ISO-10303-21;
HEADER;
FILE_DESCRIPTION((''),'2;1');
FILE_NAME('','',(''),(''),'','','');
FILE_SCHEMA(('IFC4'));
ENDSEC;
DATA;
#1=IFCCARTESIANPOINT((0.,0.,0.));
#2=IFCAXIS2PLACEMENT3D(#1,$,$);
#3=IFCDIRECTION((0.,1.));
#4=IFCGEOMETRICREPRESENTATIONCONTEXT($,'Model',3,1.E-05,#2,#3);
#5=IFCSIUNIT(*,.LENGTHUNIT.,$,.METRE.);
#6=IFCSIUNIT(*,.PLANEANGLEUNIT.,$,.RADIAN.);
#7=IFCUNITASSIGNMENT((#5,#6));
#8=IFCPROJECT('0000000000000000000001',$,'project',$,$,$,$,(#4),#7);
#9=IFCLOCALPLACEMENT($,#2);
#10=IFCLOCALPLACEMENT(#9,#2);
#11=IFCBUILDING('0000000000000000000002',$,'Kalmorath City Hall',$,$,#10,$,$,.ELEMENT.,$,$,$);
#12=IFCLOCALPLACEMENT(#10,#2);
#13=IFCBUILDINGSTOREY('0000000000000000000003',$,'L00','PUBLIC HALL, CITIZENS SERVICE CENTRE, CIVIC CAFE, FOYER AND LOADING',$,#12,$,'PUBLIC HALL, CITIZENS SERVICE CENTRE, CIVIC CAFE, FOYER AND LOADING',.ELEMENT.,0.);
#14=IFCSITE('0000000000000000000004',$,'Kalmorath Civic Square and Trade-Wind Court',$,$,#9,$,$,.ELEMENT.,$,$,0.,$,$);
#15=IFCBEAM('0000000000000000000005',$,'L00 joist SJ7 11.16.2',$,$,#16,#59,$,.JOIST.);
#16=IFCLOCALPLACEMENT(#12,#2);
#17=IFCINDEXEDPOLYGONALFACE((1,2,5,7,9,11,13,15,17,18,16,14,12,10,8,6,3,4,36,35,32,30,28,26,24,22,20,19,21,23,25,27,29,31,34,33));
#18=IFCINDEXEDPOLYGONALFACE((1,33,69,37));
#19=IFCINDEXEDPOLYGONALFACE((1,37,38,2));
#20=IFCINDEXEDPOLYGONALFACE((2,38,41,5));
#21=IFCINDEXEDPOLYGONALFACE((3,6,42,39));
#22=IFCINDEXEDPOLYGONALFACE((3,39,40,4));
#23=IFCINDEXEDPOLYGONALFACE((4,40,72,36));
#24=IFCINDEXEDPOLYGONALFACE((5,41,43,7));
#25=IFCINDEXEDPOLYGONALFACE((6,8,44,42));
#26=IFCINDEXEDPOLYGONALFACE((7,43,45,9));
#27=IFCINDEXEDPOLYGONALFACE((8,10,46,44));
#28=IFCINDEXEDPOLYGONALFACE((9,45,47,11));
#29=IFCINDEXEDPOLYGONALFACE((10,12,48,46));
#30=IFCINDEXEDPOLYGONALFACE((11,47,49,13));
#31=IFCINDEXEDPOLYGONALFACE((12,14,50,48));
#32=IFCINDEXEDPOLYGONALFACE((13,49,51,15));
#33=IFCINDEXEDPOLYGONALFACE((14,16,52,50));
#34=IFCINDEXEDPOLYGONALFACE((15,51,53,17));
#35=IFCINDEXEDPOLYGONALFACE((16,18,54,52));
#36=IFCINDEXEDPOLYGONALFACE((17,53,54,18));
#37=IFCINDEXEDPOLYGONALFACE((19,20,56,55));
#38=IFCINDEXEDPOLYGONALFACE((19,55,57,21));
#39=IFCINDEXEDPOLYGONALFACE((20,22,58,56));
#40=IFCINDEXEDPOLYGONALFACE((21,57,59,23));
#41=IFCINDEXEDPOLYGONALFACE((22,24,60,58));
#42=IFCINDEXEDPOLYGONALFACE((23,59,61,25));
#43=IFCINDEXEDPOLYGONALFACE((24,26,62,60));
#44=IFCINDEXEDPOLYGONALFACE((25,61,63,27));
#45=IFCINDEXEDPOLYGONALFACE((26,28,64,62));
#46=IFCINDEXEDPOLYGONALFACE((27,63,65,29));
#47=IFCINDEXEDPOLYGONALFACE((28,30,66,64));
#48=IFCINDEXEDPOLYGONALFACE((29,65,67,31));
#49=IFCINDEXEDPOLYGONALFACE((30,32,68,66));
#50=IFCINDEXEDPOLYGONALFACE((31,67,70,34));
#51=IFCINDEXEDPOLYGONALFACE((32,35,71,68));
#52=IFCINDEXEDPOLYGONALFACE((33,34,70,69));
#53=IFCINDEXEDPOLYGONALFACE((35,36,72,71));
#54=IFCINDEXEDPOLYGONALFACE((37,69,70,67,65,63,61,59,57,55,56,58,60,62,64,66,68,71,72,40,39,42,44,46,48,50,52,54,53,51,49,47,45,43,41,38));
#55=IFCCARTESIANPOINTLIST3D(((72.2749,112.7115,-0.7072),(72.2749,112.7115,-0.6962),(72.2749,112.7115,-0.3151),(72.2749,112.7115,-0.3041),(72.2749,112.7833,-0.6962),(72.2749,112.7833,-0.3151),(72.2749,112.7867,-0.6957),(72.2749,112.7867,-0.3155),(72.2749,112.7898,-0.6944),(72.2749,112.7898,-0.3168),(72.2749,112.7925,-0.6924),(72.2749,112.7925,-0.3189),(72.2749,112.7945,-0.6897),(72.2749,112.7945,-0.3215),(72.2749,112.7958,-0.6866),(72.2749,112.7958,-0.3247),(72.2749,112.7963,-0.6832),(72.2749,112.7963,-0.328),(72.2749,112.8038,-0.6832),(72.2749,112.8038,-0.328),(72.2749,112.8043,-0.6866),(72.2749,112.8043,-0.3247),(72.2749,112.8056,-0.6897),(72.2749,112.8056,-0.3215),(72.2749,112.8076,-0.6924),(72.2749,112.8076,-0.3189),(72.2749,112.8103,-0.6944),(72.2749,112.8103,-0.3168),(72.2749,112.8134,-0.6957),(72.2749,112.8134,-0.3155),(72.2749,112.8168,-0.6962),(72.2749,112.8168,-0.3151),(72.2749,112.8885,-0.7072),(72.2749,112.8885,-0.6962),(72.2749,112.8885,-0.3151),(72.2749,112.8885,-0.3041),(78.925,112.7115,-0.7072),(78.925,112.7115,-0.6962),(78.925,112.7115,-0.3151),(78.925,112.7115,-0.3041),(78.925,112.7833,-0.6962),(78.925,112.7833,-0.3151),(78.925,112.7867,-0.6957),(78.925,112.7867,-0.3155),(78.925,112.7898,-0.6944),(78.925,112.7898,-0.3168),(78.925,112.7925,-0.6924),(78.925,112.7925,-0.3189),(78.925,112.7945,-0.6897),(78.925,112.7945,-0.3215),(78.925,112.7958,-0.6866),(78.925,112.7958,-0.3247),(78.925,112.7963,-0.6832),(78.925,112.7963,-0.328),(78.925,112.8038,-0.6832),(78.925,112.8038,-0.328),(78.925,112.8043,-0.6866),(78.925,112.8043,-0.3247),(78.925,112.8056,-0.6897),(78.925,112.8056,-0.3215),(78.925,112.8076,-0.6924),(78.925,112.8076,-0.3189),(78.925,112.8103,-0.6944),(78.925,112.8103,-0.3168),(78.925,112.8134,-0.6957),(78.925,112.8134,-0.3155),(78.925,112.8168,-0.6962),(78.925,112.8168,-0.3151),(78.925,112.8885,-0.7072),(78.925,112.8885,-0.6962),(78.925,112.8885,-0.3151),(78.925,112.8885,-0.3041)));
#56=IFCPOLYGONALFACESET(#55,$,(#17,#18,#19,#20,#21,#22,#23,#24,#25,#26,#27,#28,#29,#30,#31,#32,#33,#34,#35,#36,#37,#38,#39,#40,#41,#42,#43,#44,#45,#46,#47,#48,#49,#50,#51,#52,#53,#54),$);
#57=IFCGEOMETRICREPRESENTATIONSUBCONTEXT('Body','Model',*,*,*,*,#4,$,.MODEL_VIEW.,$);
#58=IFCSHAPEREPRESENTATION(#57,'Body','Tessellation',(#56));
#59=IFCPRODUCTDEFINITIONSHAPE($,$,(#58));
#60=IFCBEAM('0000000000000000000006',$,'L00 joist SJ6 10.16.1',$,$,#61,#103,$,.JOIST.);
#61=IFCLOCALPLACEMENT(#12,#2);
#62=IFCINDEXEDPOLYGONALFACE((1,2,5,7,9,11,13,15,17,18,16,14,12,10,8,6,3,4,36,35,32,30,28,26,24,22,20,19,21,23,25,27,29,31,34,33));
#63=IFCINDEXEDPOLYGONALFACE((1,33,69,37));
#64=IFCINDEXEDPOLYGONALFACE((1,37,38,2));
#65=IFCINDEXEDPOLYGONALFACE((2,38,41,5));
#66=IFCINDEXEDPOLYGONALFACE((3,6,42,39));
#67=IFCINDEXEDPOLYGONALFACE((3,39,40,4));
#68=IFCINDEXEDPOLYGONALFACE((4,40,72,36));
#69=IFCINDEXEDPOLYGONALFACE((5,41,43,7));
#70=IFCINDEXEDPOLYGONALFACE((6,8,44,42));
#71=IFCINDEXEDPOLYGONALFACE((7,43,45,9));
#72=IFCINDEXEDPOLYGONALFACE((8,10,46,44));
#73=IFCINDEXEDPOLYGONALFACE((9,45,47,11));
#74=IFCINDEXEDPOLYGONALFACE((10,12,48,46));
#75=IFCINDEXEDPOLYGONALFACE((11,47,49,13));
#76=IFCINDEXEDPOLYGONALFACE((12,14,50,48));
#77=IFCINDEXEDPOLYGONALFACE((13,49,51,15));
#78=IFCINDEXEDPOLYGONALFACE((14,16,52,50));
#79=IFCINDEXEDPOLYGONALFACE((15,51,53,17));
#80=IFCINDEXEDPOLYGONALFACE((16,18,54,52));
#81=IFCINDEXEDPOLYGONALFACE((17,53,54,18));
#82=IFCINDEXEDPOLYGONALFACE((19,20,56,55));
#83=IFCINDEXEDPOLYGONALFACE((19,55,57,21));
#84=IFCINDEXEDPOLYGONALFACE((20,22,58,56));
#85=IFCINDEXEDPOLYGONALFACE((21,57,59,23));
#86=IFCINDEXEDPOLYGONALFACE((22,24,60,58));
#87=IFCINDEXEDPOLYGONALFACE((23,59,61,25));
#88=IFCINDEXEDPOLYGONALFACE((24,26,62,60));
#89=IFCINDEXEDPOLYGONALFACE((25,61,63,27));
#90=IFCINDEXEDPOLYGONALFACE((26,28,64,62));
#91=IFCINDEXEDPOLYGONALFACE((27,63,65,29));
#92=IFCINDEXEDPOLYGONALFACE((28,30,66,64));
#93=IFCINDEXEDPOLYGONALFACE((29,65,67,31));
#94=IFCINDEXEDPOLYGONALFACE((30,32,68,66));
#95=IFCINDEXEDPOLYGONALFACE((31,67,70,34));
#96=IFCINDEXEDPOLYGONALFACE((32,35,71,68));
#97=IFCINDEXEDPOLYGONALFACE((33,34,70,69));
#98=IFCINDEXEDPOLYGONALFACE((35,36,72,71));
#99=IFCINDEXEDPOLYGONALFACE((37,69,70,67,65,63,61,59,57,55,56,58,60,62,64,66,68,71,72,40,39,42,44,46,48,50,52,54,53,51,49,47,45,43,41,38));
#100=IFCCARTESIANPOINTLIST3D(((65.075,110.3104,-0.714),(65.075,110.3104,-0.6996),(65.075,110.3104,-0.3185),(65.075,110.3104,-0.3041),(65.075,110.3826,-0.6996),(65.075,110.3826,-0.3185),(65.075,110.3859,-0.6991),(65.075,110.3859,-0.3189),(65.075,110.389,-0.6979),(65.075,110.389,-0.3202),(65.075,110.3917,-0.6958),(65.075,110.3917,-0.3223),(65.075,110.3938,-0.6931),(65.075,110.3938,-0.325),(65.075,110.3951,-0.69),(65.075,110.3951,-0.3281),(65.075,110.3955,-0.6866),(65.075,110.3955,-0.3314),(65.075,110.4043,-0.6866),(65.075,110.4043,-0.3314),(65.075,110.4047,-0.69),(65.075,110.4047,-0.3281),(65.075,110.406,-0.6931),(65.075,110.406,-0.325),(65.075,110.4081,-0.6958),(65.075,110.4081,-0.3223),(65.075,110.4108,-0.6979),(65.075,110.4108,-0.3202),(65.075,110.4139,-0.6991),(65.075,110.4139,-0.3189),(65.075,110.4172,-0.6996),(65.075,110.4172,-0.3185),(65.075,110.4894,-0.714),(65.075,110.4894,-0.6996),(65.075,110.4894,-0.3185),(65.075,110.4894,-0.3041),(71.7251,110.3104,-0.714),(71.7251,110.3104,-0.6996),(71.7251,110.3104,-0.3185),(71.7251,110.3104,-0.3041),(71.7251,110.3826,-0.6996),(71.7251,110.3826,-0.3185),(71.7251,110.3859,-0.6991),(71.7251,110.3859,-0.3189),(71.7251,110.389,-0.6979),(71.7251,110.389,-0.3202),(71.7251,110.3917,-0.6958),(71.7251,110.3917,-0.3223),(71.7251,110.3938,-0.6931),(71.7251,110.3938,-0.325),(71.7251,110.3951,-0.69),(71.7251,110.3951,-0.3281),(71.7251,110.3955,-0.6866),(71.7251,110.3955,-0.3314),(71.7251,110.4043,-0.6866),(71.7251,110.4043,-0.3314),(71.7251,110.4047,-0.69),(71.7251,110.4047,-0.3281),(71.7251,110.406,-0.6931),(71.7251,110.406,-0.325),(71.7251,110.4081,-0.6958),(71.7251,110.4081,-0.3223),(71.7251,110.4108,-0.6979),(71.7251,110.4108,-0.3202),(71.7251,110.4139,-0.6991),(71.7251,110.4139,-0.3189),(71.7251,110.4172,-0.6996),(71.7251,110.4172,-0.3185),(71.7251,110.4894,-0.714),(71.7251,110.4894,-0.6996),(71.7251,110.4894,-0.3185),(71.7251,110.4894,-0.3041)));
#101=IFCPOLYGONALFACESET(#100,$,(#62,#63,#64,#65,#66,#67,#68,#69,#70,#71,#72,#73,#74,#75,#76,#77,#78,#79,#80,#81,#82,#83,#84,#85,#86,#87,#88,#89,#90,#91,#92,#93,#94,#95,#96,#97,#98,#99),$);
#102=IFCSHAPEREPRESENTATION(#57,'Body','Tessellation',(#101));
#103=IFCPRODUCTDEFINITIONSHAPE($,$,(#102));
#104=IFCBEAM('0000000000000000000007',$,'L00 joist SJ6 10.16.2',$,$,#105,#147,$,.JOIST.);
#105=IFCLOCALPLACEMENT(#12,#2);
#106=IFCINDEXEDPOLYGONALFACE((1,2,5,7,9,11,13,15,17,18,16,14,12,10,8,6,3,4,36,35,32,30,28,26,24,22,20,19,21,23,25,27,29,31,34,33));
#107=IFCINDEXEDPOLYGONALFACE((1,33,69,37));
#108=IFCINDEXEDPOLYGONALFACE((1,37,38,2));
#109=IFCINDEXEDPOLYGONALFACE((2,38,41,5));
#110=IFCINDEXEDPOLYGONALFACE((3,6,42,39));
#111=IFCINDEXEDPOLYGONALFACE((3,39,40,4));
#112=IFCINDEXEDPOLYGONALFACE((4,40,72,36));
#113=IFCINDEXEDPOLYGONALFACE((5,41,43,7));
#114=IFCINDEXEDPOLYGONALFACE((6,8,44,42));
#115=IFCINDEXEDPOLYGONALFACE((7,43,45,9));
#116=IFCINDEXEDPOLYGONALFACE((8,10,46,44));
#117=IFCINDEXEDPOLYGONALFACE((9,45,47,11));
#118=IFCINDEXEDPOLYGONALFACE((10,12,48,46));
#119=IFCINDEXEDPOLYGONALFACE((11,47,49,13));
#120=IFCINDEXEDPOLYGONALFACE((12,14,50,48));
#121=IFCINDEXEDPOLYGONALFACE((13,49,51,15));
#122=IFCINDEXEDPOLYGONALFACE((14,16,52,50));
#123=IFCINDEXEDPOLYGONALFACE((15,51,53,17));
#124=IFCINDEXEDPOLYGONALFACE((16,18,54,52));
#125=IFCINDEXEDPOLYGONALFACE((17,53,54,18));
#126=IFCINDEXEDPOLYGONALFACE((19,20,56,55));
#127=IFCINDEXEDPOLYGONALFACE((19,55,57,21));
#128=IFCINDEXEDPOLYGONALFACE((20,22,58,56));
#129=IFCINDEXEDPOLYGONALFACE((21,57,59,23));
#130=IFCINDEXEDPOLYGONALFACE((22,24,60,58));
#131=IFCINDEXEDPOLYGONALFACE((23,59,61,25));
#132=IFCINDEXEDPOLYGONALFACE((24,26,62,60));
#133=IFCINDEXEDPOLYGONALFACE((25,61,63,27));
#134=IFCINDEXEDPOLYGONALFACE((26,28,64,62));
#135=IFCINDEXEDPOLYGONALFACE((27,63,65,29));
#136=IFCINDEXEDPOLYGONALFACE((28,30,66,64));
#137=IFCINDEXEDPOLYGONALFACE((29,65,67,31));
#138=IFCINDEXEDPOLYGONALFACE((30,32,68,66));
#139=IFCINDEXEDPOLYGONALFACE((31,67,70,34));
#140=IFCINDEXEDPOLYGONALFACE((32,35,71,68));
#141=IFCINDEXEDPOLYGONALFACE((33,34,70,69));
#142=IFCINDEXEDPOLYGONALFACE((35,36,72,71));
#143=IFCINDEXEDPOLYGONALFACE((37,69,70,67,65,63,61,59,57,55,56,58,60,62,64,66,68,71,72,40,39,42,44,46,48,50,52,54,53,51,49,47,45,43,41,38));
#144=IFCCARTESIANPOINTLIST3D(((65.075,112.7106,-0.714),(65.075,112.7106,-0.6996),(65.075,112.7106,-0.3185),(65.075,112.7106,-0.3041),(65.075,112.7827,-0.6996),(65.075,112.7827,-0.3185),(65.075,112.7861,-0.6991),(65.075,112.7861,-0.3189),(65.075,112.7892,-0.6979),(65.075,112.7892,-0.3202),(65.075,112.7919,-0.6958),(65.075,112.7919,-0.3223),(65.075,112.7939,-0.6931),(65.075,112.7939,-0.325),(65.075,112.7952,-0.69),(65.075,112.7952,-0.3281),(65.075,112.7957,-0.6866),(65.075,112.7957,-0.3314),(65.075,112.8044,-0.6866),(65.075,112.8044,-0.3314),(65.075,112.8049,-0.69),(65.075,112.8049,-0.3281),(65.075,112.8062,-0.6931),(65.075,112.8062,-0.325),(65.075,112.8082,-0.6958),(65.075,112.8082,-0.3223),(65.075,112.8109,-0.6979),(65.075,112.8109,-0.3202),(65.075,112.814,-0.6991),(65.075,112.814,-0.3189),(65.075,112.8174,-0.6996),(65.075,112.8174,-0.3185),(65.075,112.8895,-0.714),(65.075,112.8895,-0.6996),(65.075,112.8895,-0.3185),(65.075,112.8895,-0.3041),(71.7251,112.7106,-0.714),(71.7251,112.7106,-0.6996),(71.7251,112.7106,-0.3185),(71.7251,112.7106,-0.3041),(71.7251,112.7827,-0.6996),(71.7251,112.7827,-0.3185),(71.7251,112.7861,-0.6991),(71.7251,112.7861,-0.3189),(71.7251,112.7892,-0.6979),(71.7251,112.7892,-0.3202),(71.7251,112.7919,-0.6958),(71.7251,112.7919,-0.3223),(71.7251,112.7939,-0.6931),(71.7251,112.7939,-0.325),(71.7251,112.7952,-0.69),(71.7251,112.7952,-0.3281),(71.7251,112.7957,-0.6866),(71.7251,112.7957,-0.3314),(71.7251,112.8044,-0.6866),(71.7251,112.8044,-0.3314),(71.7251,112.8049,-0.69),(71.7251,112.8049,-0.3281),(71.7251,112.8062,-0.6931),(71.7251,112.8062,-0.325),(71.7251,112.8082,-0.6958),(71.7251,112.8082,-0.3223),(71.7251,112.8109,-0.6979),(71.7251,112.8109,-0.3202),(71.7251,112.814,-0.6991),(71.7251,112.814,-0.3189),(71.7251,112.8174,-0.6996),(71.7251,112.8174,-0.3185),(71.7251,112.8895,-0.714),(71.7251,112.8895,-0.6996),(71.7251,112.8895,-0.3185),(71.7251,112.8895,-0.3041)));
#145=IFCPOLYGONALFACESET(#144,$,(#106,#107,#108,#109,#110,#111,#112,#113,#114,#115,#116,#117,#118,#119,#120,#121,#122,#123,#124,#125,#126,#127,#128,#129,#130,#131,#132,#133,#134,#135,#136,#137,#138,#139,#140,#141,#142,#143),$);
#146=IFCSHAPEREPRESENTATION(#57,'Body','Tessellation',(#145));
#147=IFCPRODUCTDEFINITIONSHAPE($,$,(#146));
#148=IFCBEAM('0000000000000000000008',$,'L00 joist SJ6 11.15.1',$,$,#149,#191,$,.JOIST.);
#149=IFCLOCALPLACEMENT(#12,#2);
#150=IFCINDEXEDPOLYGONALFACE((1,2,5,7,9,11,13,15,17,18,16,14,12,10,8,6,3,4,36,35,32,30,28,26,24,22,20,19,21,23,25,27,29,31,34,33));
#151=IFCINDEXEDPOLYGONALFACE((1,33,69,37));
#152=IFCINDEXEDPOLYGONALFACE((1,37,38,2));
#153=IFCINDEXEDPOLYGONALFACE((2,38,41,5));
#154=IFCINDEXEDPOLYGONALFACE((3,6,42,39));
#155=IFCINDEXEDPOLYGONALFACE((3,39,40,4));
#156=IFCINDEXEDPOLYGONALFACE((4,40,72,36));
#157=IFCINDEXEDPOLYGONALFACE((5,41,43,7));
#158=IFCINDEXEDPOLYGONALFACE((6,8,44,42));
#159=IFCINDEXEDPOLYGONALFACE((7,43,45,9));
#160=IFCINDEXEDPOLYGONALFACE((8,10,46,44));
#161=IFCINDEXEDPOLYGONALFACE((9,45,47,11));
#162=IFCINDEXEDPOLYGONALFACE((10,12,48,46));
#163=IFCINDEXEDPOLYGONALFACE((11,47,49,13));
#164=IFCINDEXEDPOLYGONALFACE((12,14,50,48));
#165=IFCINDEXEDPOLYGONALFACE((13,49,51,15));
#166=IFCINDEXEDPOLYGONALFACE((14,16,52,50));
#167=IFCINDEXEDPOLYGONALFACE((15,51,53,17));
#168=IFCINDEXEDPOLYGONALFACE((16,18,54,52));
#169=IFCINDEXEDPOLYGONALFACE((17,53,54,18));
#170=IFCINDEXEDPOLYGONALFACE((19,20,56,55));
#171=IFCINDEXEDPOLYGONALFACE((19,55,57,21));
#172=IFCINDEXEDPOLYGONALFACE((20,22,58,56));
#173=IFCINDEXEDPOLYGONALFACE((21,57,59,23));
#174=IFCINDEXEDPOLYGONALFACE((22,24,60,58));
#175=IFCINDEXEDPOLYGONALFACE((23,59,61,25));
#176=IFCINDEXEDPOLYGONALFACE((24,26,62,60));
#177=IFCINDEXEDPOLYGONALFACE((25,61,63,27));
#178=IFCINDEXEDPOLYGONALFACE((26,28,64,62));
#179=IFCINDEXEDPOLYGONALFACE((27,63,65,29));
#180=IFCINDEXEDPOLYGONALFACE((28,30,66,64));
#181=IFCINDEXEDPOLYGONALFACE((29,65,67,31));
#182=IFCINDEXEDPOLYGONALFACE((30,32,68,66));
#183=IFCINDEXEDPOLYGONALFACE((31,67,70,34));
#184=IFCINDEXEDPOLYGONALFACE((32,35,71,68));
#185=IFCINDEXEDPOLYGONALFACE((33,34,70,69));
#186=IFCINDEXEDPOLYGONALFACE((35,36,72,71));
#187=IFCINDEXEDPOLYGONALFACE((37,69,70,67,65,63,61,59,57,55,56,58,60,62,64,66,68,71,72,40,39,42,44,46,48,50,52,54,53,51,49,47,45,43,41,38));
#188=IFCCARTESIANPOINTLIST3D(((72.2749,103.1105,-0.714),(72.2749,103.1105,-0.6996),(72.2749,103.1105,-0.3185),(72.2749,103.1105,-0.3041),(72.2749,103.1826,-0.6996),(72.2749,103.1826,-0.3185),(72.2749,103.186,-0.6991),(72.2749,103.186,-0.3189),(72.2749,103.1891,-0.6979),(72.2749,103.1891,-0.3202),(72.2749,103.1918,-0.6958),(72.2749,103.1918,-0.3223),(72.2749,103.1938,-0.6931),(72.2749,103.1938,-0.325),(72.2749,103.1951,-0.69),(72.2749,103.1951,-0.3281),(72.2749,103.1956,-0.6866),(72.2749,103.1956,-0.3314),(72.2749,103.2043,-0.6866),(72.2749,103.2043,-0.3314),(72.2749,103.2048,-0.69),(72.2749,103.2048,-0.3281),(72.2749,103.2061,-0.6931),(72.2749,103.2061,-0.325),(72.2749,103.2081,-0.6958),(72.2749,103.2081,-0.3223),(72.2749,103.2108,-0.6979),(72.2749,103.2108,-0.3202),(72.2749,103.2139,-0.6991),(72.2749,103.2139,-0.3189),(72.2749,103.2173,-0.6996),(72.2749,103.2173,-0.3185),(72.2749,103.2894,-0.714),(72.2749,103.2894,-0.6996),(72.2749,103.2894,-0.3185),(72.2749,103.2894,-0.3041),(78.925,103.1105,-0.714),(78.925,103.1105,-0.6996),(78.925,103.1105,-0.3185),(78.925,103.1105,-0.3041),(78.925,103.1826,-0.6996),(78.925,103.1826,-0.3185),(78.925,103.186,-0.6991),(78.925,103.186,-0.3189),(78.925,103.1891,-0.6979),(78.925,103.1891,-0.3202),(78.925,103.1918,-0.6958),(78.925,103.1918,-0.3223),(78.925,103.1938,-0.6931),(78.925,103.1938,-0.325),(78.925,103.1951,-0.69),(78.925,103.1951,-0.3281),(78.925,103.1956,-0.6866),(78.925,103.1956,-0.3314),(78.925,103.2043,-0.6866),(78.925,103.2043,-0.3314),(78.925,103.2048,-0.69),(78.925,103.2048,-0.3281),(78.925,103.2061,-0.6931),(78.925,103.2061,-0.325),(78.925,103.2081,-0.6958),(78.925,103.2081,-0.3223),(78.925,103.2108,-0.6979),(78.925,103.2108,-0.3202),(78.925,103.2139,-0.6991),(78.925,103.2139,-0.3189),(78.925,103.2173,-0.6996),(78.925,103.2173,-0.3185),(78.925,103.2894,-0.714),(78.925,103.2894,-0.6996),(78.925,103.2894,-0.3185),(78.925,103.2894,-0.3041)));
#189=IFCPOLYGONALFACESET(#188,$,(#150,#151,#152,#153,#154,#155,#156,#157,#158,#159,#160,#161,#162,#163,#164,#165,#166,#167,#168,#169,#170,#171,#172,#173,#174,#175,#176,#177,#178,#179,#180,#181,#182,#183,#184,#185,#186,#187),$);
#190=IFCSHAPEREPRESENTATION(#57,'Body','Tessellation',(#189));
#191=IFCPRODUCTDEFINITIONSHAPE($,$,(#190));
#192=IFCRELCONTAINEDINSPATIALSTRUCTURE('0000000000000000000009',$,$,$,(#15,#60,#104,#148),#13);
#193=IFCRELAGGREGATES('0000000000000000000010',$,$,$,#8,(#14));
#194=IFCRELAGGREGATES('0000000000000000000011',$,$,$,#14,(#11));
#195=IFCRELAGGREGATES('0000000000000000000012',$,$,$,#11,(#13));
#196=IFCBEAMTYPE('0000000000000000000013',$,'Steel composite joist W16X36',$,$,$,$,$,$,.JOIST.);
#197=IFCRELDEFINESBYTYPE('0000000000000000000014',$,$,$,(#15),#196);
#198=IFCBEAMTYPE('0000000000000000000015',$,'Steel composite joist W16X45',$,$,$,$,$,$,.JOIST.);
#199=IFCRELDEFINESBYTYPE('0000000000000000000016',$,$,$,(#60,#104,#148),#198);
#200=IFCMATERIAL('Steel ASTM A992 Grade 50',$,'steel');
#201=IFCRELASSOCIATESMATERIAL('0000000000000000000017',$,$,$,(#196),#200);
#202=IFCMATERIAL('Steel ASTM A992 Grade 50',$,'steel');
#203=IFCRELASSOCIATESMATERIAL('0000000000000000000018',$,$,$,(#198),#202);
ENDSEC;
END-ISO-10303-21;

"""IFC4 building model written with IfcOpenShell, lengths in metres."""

from ifc_helpers import new_model, si_unit, direction, frame, origin, origin_2d, place, context, subcontext, project, spatial, i_section, extrude, material, material_profile, profile_set, type_object, element, save


model = new_model("IFC4")

# Units and contexts
model_context = context("Model", 3, precision=1e-05, world=origin(), true_north=direction((0.0, 1.0)))
body_context = subcontext(model_context, "Body", "Model", "MODEL_VIEW")
ifc_project = project(units=[si_unit("LENGTHUNIT", "METRE"), si_unit("PLANEANGLEUNIT", "RADIAN")], contexts=[model_context])

# Site, building, storey
site_placement = place(None, origin())
site = spatial("IfcSite", under=ifc_project, at=site_placement, Name="Kalmorath Civic Square and Trade-Wind Court", CompositionType="ELEMENT", RefElevation=0.0)
building_placement = place(site_placement, origin())
building = spatial("IfcBuilding", under=site, at=building_placement, Name="Kalmorath City Hall", CompositionType="ELEMENT")
storey_placement = place(building_placement, origin())
storey = spatial("IfcBuildingStorey", under=building, at=storey_placement, Name="L00", Description="PUBLIC HALL, CITIZENS SERVICE CENTRE, CIVIC CAFE, FOYER AND LOADING", LongName="PUBLIC HALL, CITIZENS SERVICE CENTRE, CIVIC CAFE, FOYER AND LOADING", CompositionType="ELEMENT", Elevation=0.0)

# Beams
ifc_material_1 = material(Name="Steel ASTM A992 Grade 50", Category="steel")
ifc_material_profile_1 = material_profile(ifc_material_1, i_section(OverallWidth=0.177, OverallDepth=0.4031, WebThickness=0.0076, FlangeThickness=0.011, FilletRadius=0.0129, at=origin_2d()), Name="W16X36")
ifc_profile_set_1 = profile_set([ifc_material_profile_1], Name="Steel ASTM A992 Grade 50")
beam_type_1 = type_object("IfcBeamType", Name="Steel composite joist W16X36", PredefinedType="JOIST", material=ifc_profile_set_1)
for number, where, z_axis, x_axis, name in (
    (1, (72.2749, 112.8, -0.5056), (1.0, 0.0, 0.0), (0.0, 1.0, 0.0), "L00 joist SJ7 11.16.2"),
):
    element("IfcBeam", number, at=place(storey_placement, frame(where, z_axis=z_axis, x_axis=x_axis)), inside=storey, type_object=beam_type_1, Name=name, PredefinedType="JOIST", context=body_context, shape_type="SweptSolid", body=[
        extrude(i_section(OverallWidth=0.177, OverallDepth=0.4031, WebThickness=0.0076, FlangeThickness=0.011, FilletRadius=0.0129, at=origin_2d()), origin(), (0.0, 0.0, 1.0), 6.6501),
    ])
ifc_material_2 = material(Name="Steel ASTM A992 Grade 50", Category="steel")
ifc_material_profile_2 = material_profile(ifc_material_2, i_section(OverallWidth=0.179, OverallDepth=0.4099, WebThickness=0.0088, FlangeThickness=0.0144, FilletRadius=0.0129, at=origin_2d()), Name="W16X45")
ifc_profile_set_2 = profile_set([ifc_material_profile_2], Name="Steel ASTM A992 Grade 50")
beam_type_2 = type_object("IfcBeamType", Name="Steel composite joist W16X45", PredefinedType="JOIST", material=ifc_profile_set_2)
for number, where, z_axis, x_axis, name in (
    (2, (65.075, 110.3999, -0.509), (1.0, 0.0, 0.0), (0.0, 1.0, 0.0), "L00 joist SJ6 10.16.1"),
    (3, (65.075, 112.8, -0.509), (1.0, 0.0, 0.0), (0.0, 1.0, 0.0), "L00 joist SJ6 10.16.2"),
    (4, (72.2749, 103.2, -0.509), (1.0, 0.0, 0.0), (0.0, 1.0, 0.0), "L00 joist SJ6 11.15.1"),
):
    element("IfcBeam", number, at=place(storey_placement, frame(where, z_axis=z_axis, x_axis=x_axis)), inside=storey, type_object=beam_type_2, Name=name, PredefinedType="JOIST", context=body_context, shape_type="SweptSolid", body=[
        extrude(i_section(OverallWidth=0.179, OverallDepth=0.4099, WebThickness=0.0088, FlangeThickness=0.0144, FilletRadius=0.0129, at=origin_2d()), origin(), (0.0, 0.0, 1.0), 6.6501),
    ])

save(model, "model.ifc")
